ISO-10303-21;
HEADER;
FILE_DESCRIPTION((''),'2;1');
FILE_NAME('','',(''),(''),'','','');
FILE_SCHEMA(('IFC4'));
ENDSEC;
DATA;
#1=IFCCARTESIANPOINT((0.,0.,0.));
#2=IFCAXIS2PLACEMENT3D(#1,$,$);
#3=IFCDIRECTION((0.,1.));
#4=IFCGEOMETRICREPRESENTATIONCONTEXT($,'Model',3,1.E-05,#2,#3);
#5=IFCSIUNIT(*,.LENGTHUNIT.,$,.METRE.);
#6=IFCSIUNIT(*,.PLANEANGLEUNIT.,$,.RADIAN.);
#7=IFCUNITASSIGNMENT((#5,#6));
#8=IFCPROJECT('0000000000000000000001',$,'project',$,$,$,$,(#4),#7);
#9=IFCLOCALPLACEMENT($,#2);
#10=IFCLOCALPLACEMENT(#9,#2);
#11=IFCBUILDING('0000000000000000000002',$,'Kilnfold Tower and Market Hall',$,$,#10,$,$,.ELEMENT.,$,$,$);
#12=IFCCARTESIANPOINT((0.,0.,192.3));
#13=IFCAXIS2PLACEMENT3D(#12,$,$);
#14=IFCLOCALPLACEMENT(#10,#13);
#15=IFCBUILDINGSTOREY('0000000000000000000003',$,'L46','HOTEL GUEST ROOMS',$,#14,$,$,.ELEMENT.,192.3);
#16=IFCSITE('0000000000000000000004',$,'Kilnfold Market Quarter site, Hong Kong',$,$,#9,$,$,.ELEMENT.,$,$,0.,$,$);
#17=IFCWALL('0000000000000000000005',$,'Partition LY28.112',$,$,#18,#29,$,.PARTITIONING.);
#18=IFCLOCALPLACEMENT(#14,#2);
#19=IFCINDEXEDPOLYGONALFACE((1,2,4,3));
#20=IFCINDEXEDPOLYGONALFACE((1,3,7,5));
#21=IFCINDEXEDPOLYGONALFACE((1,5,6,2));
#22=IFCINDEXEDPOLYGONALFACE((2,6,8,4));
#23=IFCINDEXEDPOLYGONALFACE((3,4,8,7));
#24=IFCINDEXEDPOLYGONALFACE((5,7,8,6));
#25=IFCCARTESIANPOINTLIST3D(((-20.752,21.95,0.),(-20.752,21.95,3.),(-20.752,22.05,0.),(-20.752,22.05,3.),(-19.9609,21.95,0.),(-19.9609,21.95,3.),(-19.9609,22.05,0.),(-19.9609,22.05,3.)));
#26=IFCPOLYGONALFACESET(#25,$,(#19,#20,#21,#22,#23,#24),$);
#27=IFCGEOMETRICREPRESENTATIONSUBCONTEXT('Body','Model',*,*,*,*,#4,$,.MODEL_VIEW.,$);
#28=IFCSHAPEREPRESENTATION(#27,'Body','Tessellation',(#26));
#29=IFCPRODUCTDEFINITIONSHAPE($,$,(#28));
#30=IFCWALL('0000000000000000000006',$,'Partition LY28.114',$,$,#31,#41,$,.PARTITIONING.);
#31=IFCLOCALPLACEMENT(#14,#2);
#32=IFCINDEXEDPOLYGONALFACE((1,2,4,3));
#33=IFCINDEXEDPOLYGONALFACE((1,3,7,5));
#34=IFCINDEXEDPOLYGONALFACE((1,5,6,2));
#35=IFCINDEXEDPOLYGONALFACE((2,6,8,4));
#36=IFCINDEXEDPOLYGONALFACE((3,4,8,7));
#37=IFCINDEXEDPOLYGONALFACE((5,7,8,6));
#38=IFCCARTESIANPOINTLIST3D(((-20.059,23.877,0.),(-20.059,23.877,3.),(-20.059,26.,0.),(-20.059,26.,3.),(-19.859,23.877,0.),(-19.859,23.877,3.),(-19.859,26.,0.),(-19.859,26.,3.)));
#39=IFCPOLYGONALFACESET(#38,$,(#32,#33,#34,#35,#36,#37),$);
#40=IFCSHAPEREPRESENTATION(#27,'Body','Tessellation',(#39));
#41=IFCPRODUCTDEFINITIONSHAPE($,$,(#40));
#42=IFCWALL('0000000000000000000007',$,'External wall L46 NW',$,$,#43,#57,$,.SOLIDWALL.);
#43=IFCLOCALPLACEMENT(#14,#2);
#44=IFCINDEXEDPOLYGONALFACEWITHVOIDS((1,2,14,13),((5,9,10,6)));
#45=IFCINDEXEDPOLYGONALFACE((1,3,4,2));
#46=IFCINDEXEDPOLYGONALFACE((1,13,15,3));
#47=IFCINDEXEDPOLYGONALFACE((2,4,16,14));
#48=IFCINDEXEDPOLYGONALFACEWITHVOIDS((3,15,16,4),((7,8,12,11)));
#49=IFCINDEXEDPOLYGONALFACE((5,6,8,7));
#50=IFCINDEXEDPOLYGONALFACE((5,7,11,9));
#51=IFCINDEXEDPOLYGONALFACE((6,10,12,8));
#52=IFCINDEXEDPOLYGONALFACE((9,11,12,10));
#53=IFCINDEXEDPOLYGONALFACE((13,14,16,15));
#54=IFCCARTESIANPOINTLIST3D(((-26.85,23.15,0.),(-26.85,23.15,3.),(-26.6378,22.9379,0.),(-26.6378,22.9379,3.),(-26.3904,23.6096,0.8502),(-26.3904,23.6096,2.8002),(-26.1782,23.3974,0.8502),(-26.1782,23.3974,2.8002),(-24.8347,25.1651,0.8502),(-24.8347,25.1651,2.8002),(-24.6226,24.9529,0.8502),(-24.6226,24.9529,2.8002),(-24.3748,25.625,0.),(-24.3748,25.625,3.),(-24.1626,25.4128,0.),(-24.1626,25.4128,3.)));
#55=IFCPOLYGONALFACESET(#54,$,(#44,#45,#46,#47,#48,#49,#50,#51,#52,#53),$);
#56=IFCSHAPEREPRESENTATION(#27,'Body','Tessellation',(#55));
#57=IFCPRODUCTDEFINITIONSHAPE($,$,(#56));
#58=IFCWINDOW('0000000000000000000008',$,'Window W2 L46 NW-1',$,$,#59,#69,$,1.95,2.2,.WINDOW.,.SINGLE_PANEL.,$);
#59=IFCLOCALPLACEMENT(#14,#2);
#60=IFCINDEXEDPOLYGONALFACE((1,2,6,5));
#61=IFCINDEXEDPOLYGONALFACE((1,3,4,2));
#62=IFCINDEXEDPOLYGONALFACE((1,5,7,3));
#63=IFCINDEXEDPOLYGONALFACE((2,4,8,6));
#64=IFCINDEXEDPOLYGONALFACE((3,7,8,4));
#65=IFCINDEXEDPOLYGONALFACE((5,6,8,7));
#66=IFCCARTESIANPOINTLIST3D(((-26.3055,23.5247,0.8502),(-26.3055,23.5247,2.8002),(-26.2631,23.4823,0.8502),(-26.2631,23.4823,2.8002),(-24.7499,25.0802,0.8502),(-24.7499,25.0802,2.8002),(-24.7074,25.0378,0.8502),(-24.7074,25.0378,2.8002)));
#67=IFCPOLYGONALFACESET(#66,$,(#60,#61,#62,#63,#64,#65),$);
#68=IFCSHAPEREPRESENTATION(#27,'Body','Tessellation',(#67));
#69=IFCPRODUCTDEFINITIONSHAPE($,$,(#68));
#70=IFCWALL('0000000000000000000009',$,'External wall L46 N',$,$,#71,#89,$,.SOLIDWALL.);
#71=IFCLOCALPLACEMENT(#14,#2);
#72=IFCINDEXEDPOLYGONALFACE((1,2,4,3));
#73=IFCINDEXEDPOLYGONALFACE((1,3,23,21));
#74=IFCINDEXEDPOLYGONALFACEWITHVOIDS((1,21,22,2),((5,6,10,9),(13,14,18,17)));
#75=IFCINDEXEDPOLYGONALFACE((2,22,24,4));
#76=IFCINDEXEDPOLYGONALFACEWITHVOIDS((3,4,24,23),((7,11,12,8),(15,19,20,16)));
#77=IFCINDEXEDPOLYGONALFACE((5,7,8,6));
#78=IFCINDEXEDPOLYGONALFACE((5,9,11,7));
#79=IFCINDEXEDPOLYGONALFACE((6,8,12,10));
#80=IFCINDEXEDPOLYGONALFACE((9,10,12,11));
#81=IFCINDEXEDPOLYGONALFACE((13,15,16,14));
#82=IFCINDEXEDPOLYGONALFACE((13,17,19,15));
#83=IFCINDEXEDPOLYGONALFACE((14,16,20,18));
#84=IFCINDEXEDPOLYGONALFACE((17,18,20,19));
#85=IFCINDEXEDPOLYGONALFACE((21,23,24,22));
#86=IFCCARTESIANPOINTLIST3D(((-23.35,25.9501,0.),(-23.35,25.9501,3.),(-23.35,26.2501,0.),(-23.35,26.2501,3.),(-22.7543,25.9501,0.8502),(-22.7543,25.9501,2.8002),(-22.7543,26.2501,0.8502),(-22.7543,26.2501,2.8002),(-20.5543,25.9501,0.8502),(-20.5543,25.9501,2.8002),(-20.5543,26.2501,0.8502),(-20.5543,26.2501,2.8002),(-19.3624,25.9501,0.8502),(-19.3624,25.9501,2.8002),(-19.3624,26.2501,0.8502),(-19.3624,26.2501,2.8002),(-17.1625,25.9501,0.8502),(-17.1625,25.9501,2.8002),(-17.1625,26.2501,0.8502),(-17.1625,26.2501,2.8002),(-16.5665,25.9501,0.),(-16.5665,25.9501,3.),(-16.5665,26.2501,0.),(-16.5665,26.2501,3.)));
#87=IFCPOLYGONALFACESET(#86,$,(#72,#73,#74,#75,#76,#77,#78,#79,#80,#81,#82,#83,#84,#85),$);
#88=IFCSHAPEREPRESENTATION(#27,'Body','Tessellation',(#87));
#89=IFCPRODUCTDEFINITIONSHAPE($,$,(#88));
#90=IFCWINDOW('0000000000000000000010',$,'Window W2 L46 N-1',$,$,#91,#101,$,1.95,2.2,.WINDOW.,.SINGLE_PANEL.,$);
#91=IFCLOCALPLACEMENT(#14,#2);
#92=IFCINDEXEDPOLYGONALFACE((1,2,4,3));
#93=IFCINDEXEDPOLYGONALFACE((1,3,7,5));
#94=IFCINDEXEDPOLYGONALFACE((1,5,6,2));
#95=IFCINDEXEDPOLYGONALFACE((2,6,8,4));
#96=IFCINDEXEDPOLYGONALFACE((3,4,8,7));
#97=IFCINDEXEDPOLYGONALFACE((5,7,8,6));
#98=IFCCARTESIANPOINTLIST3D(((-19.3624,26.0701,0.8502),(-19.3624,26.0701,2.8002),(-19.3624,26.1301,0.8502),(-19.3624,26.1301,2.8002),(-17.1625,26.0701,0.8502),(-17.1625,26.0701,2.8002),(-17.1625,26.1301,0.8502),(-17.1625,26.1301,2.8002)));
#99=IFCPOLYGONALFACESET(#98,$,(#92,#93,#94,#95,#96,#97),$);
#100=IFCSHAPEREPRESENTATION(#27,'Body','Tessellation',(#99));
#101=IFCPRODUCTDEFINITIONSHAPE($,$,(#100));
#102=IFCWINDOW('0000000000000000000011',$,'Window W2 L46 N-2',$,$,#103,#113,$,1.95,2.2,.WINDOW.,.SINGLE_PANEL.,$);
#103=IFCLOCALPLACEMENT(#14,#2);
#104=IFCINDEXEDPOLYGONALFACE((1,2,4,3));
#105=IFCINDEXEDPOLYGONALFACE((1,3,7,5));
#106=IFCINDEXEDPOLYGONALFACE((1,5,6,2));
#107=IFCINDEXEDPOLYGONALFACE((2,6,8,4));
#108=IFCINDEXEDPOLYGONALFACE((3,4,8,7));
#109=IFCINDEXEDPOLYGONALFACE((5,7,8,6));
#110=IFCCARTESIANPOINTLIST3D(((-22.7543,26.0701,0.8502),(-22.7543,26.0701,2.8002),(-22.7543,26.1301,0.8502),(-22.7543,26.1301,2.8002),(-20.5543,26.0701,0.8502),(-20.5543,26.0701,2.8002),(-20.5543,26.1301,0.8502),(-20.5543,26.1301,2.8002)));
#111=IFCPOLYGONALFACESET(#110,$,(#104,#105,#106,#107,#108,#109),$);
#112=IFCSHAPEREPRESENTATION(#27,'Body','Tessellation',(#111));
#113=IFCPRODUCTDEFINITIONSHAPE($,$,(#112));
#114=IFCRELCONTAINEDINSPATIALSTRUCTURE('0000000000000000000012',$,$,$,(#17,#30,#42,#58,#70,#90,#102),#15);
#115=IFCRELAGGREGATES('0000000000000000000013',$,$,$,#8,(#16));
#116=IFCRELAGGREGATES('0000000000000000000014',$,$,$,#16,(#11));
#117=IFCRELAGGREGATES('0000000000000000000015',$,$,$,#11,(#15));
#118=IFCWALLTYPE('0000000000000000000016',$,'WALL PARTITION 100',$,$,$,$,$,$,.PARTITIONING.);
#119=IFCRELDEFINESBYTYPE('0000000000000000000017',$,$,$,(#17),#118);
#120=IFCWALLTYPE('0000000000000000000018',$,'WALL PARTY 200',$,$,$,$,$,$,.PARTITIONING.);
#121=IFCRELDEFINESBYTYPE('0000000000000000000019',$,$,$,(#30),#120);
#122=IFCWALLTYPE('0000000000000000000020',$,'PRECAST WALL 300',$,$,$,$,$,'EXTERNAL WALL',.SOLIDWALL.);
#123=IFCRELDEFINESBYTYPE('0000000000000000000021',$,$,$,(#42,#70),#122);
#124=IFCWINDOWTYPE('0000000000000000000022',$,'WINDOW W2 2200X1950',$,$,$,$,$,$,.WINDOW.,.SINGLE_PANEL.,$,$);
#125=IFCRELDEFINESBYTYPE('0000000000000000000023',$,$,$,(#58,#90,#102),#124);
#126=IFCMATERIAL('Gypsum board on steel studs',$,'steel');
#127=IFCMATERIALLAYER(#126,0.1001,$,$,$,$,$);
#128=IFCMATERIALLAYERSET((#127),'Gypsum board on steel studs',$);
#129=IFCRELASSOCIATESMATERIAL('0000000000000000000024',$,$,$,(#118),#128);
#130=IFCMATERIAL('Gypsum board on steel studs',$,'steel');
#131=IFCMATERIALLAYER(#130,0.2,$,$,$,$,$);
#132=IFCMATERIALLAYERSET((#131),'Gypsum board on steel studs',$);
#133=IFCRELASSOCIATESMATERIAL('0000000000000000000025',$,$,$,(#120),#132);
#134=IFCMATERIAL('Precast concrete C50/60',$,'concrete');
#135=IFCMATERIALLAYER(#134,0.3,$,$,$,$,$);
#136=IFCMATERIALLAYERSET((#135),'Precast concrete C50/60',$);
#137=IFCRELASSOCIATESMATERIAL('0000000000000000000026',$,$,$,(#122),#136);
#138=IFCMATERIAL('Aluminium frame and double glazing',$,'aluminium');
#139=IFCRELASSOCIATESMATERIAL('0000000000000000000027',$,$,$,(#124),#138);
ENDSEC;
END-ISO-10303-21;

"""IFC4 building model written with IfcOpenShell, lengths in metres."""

from ifc_helpers import new_model, si_unit, direction, frame, frame_2d, origin, place, context, subcontext, project, spatial, rectangle, extrude, source, transform, mapped, material, layer, layer_set, type_object, element, fill, save


model = new_model("IFC4")

# Units and contexts
model_context = context("Model", 3, precision=1e-05, world=origin(), true_north=direction((0.0, 1.0)))
body_context = subcontext(model_context, "Body", "Model", "MODEL_VIEW")
ifc_project = project(units=[si_unit("LENGTHUNIT", "METRE"), si_unit("PLANEANGLEUNIT", "RADIAN")], contexts=[model_context])

# Site, building, storey
site_placement = place(None, origin())
site = spatial("IfcSite", under=ifc_project, at=site_placement, Name="Kilnfold Market Quarter site, Hong Kong", CompositionType="ELEMENT", RefElevation=0.0)
building_placement = place(site_placement, origin())
building = spatial("IfcBuilding", under=site, at=building_placement, Name="Kilnfold Tower and Market Hall", CompositionType="ELEMENT")
storey_placement = place(building_placement, frame((0.0, 0.0, 192.3)))
storey = spatial("IfcBuildingStorey", under=building, at=storey_placement, Name="L46", Description="HOTEL GUEST ROOMS", CompositionType="ELEMENT", Elevation=192.3)

# Walls
ifc_material_1 = material(Name="Gypsum board on steel studs", Category="steel")
ifc_layer_1 = layer(ifc_material_1, 0.1001)
ifc_layer_set_1 = layer_set([ifc_layer_1], Name="Gypsum board on steel studs")
wall_type_1 = type_object("IfcWallType", Name="WALL PARTITION 100", PredefinedType="PARTITIONING", material=ifc_layer_set_1)
wall_1_placement = place(storey_placement, frame((-20.752, 22.0, 0.0), z_axis=(0.0, 0.0, 1.0), x_axis=(1.0, 0.0, 0.0)))
element("IfcWall", 1, at=wall_1_placement, inside=storey, type_object=wall_type_1, Name="Partition LY28.112", PredefinedType="PARTITIONING", context=body_context, shape_type="SweptSolid", body=[
    extrude(rectangle(XDim=0.791, YDim=0.1001, at=frame_2d((0.3955, 0.0))), origin(), (0.0, 0.0, 1.0), 3.0),
])
ifc_material_2 = material(Name="Gypsum board on steel studs", Category="steel")
ifc_layer_2 = layer(ifc_material_2, 0.2)
ifc_layer_set_2 = layer_set([ifc_layer_2], Name="Gypsum board on steel studs")
wall_type_2 = type_object("IfcWallType", Name="WALL PARTY 200", PredefinedType="PARTITIONING", material=ifc_layer_set_2)
wall_2_placement = place(storey_placement, frame((-19.959, 23.877, 0.0), z_axis=(0.0, 0.0, 1.0), x_axis=(0.0, 1.0, 0.0)))
element("IfcWall", 2, at=wall_2_placement, inside=storey, type_object=wall_type_2, Name="Partition LY28.114", PredefinedType="PARTITIONING", context=body_context, shape_type="SweptSolid", body=[
    extrude(rectangle(XDim=2.123, YDim=0.2, at=frame_2d((1.0615, 0.0))), origin(), (0.0, 0.0, 1.0), 3.0),
])

# Wall, opening, window
ifc_material_3 = material(Name="Precast concrete C50/60", Category="concrete")
ifc_layer_3 = layer(ifc_material_3, 0.3)
ifc_layer_set_3 = layer_set([ifc_layer_3], Name="Precast concrete C50/60")
wall_type_3 = type_object("IfcWallType", Name="PRECAST WALL 300", ElementType="EXTERNAL WALL", PredefinedType="SOLIDWALL", material=ifc_layer_set_3)
shared_shape_1 = source(origin(), body_context, "Body", "SweptSolid", [
    extrude(rectangle(XDim=3.5002, YDim=0.3, at=frame_2d((1.75, 0.0))), origin(), (0.0, 0.0, 1.0), 3.0),
])
wall_3_placement = place(storey_placement, frame((-24.2688, 25.5188, 0.0), z_axis=(0.0, 0.0, 1.0), x_axis=(-0.707142, -0.707072, 0.0)))
wall_3 = element("IfcWall", 3, at=wall_3_placement, inside=storey, type_object=wall_type_3, Name="External wall L46 NW", PredefinedType="SOLIDWALL", context=body_context, shape_type="MappedRepresentation", body=[
    mapped(shared_shape_1, transform((0.0, 0.0, 0.0))),
])
opening_1_placement = place(wall_3_placement, frame((0.6501, 0.0, 0.8501)))
opening_1 = element("IfcOpeningElement", 4, at=opening_1_placement, cuts=wall_3, PredefinedType="OPENING", context=body_context, shape_type="SweptSolid", body=[
    extrude(rectangle(XDim=2.2, YDim=1.95, at=frame_2d((1.1001, 0.9751))), frame((0.0, 0.1602, 0.0), z_axis=(0.0, -1.0, 0.0), x_axis=(1.0, 0.0, 0.0)), (0.0, 0.0, 1.0), 0.3201),
])
ifc_material_4 = material(Name="Aluminium frame and double glazing", Category="aluminium")
window_type = type_object("IfcWindowType", Name="WINDOW W2 2200X1950", PartitioningType="SINGLE_PANEL", PredefinedType="WINDOW", material=ifc_material_4)
window_1_placement = place(opening_1_placement, origin())
window_1 = element("IfcWindow", 5, at=window_1_placement, inside=storey, type_object=window_type, Name="Window W2 L46 NW-1", OverallHeight=1.95, OverallWidth=2.2, PartitioningType="SINGLE_PANEL", PredefinedType="WINDOW", context=body_context, shape_type="SweptSolid", body=[
    extrude(rectangle(XDim=2.2, YDim=1.95, at=frame_2d((1.1001, 0.9751))), frame((0.0, 0.03, 0.0), z_axis=(0.0, -1.0, 0.0), x_axis=(1.0, 0.0, 0.0)), (0.0, 0.0, 1.0), 0.0601),
])
fill(opening_1, window_1)

# Wall, openings, windows
shared_shape_2 = source(origin(), body_context, "Body", "SweptSolid", [
    extrude(rectangle(XDim=6.7834, YDim=0.3, at=frame_2d((3.3916, 0.0))), origin(), (0.0, 0.0, 1.0), 3.0),
])
wall_4_placement = place(storey_placement, frame((-16.5667, 26.1001, 0.0), z_axis=(0.0, 0.0, 1.0), x_axis=(-1.0, 0.0, 0.0)))
wall_4 = element("IfcWall", 6, at=wall_4_placement, inside=storey, type_object=wall_type_3, Name="External wall L46 N", PredefinedType="SOLIDWALL", context=body_context, shape_type="MappedRepresentation", body=[
    mapped(shared_shape_2, transform((0.0, 0.0, 0.0))),
])
opening_2_placement = place(wall_4_placement, frame((0.5957, 0.0, 0.8501)))
opening_2 = element("IfcOpeningElement", 7, at=opening_2_placement, cuts=wall_4, PredefinedType="OPENING", context=body_context, shape_type="SweptSolid", body=[
    extrude(rectangle(XDim=2.2, YDim=1.95, at=frame_2d((1.1001, 0.9751))), frame((0.0, 0.1602, 0.0), z_axis=(0.0, -1.0, 0.0), x_axis=(1.0, 0.0, 0.0)), (0.0, 0.0, 1.0), 0.3201),
])
opening_3_placement = place(wall_4_placement, frame((3.9875, 0.0, 0.8501)))
opening_3 = element("IfcOpeningElement", 8, at=opening_3_placement, cuts=wall_4, PredefinedType="OPENING", context=body_context, shape_type="SweptSolid", body=[
    extrude(rectangle(XDim=2.2, YDim=1.95, at=frame_2d((1.1001, 0.9751))), frame((0.0, 0.1602, 0.0), z_axis=(0.0, -1.0, 0.0), x_axis=(1.0, 0.0, 0.0)), (0.0, 0.0, 1.0), 0.3201),
])
window_2_placement = place(opening_2_placement, origin())
window_2 = element("IfcWindow", 9, at=window_2_placement, inside=storey, type_object=window_type, Name="Window W2 L46 N-1", OverallHeight=1.95, OverallWidth=2.2, PartitioningType="SINGLE_PANEL", PredefinedType="WINDOW", context=body_context, shape_type="SweptSolid", body=[
    extrude(rectangle(XDim=2.2, YDim=1.95, at=frame_2d((1.1001, 0.9751))), frame((0.0, 0.03, 0.0), z_axis=(0.0, -1.0, 0.0), x_axis=(1.0, 0.0, 0.0)), (0.0, 0.0, 1.0), 0.0601),
])
fill(opening_2, window_2)
window_3_placement = place(opening_3_placement, origin())
window_3 = element("IfcWindow", 10, at=window_3_placement, inside=storey, type_object=window_type, Name="Window W2 L46 N-2", OverallHeight=1.95, OverallWidth=2.2, PartitioningType="SINGLE_PANEL", PredefinedType="WINDOW", context=body_context, shape_type="SweptSolid", body=[
    extrude(rectangle(XDim=2.2, YDim=1.95, at=frame_2d((1.1001, 0.9751))), frame((0.0, 0.03, 0.0), z_axis=(0.0, -1.0, 0.0), x_axis=(1.0, 0.0, 0.0)), (0.0, 0.0, 1.0), 0.0601),
])
fill(opening_3, window_3)

save(model, "model.ifc")
